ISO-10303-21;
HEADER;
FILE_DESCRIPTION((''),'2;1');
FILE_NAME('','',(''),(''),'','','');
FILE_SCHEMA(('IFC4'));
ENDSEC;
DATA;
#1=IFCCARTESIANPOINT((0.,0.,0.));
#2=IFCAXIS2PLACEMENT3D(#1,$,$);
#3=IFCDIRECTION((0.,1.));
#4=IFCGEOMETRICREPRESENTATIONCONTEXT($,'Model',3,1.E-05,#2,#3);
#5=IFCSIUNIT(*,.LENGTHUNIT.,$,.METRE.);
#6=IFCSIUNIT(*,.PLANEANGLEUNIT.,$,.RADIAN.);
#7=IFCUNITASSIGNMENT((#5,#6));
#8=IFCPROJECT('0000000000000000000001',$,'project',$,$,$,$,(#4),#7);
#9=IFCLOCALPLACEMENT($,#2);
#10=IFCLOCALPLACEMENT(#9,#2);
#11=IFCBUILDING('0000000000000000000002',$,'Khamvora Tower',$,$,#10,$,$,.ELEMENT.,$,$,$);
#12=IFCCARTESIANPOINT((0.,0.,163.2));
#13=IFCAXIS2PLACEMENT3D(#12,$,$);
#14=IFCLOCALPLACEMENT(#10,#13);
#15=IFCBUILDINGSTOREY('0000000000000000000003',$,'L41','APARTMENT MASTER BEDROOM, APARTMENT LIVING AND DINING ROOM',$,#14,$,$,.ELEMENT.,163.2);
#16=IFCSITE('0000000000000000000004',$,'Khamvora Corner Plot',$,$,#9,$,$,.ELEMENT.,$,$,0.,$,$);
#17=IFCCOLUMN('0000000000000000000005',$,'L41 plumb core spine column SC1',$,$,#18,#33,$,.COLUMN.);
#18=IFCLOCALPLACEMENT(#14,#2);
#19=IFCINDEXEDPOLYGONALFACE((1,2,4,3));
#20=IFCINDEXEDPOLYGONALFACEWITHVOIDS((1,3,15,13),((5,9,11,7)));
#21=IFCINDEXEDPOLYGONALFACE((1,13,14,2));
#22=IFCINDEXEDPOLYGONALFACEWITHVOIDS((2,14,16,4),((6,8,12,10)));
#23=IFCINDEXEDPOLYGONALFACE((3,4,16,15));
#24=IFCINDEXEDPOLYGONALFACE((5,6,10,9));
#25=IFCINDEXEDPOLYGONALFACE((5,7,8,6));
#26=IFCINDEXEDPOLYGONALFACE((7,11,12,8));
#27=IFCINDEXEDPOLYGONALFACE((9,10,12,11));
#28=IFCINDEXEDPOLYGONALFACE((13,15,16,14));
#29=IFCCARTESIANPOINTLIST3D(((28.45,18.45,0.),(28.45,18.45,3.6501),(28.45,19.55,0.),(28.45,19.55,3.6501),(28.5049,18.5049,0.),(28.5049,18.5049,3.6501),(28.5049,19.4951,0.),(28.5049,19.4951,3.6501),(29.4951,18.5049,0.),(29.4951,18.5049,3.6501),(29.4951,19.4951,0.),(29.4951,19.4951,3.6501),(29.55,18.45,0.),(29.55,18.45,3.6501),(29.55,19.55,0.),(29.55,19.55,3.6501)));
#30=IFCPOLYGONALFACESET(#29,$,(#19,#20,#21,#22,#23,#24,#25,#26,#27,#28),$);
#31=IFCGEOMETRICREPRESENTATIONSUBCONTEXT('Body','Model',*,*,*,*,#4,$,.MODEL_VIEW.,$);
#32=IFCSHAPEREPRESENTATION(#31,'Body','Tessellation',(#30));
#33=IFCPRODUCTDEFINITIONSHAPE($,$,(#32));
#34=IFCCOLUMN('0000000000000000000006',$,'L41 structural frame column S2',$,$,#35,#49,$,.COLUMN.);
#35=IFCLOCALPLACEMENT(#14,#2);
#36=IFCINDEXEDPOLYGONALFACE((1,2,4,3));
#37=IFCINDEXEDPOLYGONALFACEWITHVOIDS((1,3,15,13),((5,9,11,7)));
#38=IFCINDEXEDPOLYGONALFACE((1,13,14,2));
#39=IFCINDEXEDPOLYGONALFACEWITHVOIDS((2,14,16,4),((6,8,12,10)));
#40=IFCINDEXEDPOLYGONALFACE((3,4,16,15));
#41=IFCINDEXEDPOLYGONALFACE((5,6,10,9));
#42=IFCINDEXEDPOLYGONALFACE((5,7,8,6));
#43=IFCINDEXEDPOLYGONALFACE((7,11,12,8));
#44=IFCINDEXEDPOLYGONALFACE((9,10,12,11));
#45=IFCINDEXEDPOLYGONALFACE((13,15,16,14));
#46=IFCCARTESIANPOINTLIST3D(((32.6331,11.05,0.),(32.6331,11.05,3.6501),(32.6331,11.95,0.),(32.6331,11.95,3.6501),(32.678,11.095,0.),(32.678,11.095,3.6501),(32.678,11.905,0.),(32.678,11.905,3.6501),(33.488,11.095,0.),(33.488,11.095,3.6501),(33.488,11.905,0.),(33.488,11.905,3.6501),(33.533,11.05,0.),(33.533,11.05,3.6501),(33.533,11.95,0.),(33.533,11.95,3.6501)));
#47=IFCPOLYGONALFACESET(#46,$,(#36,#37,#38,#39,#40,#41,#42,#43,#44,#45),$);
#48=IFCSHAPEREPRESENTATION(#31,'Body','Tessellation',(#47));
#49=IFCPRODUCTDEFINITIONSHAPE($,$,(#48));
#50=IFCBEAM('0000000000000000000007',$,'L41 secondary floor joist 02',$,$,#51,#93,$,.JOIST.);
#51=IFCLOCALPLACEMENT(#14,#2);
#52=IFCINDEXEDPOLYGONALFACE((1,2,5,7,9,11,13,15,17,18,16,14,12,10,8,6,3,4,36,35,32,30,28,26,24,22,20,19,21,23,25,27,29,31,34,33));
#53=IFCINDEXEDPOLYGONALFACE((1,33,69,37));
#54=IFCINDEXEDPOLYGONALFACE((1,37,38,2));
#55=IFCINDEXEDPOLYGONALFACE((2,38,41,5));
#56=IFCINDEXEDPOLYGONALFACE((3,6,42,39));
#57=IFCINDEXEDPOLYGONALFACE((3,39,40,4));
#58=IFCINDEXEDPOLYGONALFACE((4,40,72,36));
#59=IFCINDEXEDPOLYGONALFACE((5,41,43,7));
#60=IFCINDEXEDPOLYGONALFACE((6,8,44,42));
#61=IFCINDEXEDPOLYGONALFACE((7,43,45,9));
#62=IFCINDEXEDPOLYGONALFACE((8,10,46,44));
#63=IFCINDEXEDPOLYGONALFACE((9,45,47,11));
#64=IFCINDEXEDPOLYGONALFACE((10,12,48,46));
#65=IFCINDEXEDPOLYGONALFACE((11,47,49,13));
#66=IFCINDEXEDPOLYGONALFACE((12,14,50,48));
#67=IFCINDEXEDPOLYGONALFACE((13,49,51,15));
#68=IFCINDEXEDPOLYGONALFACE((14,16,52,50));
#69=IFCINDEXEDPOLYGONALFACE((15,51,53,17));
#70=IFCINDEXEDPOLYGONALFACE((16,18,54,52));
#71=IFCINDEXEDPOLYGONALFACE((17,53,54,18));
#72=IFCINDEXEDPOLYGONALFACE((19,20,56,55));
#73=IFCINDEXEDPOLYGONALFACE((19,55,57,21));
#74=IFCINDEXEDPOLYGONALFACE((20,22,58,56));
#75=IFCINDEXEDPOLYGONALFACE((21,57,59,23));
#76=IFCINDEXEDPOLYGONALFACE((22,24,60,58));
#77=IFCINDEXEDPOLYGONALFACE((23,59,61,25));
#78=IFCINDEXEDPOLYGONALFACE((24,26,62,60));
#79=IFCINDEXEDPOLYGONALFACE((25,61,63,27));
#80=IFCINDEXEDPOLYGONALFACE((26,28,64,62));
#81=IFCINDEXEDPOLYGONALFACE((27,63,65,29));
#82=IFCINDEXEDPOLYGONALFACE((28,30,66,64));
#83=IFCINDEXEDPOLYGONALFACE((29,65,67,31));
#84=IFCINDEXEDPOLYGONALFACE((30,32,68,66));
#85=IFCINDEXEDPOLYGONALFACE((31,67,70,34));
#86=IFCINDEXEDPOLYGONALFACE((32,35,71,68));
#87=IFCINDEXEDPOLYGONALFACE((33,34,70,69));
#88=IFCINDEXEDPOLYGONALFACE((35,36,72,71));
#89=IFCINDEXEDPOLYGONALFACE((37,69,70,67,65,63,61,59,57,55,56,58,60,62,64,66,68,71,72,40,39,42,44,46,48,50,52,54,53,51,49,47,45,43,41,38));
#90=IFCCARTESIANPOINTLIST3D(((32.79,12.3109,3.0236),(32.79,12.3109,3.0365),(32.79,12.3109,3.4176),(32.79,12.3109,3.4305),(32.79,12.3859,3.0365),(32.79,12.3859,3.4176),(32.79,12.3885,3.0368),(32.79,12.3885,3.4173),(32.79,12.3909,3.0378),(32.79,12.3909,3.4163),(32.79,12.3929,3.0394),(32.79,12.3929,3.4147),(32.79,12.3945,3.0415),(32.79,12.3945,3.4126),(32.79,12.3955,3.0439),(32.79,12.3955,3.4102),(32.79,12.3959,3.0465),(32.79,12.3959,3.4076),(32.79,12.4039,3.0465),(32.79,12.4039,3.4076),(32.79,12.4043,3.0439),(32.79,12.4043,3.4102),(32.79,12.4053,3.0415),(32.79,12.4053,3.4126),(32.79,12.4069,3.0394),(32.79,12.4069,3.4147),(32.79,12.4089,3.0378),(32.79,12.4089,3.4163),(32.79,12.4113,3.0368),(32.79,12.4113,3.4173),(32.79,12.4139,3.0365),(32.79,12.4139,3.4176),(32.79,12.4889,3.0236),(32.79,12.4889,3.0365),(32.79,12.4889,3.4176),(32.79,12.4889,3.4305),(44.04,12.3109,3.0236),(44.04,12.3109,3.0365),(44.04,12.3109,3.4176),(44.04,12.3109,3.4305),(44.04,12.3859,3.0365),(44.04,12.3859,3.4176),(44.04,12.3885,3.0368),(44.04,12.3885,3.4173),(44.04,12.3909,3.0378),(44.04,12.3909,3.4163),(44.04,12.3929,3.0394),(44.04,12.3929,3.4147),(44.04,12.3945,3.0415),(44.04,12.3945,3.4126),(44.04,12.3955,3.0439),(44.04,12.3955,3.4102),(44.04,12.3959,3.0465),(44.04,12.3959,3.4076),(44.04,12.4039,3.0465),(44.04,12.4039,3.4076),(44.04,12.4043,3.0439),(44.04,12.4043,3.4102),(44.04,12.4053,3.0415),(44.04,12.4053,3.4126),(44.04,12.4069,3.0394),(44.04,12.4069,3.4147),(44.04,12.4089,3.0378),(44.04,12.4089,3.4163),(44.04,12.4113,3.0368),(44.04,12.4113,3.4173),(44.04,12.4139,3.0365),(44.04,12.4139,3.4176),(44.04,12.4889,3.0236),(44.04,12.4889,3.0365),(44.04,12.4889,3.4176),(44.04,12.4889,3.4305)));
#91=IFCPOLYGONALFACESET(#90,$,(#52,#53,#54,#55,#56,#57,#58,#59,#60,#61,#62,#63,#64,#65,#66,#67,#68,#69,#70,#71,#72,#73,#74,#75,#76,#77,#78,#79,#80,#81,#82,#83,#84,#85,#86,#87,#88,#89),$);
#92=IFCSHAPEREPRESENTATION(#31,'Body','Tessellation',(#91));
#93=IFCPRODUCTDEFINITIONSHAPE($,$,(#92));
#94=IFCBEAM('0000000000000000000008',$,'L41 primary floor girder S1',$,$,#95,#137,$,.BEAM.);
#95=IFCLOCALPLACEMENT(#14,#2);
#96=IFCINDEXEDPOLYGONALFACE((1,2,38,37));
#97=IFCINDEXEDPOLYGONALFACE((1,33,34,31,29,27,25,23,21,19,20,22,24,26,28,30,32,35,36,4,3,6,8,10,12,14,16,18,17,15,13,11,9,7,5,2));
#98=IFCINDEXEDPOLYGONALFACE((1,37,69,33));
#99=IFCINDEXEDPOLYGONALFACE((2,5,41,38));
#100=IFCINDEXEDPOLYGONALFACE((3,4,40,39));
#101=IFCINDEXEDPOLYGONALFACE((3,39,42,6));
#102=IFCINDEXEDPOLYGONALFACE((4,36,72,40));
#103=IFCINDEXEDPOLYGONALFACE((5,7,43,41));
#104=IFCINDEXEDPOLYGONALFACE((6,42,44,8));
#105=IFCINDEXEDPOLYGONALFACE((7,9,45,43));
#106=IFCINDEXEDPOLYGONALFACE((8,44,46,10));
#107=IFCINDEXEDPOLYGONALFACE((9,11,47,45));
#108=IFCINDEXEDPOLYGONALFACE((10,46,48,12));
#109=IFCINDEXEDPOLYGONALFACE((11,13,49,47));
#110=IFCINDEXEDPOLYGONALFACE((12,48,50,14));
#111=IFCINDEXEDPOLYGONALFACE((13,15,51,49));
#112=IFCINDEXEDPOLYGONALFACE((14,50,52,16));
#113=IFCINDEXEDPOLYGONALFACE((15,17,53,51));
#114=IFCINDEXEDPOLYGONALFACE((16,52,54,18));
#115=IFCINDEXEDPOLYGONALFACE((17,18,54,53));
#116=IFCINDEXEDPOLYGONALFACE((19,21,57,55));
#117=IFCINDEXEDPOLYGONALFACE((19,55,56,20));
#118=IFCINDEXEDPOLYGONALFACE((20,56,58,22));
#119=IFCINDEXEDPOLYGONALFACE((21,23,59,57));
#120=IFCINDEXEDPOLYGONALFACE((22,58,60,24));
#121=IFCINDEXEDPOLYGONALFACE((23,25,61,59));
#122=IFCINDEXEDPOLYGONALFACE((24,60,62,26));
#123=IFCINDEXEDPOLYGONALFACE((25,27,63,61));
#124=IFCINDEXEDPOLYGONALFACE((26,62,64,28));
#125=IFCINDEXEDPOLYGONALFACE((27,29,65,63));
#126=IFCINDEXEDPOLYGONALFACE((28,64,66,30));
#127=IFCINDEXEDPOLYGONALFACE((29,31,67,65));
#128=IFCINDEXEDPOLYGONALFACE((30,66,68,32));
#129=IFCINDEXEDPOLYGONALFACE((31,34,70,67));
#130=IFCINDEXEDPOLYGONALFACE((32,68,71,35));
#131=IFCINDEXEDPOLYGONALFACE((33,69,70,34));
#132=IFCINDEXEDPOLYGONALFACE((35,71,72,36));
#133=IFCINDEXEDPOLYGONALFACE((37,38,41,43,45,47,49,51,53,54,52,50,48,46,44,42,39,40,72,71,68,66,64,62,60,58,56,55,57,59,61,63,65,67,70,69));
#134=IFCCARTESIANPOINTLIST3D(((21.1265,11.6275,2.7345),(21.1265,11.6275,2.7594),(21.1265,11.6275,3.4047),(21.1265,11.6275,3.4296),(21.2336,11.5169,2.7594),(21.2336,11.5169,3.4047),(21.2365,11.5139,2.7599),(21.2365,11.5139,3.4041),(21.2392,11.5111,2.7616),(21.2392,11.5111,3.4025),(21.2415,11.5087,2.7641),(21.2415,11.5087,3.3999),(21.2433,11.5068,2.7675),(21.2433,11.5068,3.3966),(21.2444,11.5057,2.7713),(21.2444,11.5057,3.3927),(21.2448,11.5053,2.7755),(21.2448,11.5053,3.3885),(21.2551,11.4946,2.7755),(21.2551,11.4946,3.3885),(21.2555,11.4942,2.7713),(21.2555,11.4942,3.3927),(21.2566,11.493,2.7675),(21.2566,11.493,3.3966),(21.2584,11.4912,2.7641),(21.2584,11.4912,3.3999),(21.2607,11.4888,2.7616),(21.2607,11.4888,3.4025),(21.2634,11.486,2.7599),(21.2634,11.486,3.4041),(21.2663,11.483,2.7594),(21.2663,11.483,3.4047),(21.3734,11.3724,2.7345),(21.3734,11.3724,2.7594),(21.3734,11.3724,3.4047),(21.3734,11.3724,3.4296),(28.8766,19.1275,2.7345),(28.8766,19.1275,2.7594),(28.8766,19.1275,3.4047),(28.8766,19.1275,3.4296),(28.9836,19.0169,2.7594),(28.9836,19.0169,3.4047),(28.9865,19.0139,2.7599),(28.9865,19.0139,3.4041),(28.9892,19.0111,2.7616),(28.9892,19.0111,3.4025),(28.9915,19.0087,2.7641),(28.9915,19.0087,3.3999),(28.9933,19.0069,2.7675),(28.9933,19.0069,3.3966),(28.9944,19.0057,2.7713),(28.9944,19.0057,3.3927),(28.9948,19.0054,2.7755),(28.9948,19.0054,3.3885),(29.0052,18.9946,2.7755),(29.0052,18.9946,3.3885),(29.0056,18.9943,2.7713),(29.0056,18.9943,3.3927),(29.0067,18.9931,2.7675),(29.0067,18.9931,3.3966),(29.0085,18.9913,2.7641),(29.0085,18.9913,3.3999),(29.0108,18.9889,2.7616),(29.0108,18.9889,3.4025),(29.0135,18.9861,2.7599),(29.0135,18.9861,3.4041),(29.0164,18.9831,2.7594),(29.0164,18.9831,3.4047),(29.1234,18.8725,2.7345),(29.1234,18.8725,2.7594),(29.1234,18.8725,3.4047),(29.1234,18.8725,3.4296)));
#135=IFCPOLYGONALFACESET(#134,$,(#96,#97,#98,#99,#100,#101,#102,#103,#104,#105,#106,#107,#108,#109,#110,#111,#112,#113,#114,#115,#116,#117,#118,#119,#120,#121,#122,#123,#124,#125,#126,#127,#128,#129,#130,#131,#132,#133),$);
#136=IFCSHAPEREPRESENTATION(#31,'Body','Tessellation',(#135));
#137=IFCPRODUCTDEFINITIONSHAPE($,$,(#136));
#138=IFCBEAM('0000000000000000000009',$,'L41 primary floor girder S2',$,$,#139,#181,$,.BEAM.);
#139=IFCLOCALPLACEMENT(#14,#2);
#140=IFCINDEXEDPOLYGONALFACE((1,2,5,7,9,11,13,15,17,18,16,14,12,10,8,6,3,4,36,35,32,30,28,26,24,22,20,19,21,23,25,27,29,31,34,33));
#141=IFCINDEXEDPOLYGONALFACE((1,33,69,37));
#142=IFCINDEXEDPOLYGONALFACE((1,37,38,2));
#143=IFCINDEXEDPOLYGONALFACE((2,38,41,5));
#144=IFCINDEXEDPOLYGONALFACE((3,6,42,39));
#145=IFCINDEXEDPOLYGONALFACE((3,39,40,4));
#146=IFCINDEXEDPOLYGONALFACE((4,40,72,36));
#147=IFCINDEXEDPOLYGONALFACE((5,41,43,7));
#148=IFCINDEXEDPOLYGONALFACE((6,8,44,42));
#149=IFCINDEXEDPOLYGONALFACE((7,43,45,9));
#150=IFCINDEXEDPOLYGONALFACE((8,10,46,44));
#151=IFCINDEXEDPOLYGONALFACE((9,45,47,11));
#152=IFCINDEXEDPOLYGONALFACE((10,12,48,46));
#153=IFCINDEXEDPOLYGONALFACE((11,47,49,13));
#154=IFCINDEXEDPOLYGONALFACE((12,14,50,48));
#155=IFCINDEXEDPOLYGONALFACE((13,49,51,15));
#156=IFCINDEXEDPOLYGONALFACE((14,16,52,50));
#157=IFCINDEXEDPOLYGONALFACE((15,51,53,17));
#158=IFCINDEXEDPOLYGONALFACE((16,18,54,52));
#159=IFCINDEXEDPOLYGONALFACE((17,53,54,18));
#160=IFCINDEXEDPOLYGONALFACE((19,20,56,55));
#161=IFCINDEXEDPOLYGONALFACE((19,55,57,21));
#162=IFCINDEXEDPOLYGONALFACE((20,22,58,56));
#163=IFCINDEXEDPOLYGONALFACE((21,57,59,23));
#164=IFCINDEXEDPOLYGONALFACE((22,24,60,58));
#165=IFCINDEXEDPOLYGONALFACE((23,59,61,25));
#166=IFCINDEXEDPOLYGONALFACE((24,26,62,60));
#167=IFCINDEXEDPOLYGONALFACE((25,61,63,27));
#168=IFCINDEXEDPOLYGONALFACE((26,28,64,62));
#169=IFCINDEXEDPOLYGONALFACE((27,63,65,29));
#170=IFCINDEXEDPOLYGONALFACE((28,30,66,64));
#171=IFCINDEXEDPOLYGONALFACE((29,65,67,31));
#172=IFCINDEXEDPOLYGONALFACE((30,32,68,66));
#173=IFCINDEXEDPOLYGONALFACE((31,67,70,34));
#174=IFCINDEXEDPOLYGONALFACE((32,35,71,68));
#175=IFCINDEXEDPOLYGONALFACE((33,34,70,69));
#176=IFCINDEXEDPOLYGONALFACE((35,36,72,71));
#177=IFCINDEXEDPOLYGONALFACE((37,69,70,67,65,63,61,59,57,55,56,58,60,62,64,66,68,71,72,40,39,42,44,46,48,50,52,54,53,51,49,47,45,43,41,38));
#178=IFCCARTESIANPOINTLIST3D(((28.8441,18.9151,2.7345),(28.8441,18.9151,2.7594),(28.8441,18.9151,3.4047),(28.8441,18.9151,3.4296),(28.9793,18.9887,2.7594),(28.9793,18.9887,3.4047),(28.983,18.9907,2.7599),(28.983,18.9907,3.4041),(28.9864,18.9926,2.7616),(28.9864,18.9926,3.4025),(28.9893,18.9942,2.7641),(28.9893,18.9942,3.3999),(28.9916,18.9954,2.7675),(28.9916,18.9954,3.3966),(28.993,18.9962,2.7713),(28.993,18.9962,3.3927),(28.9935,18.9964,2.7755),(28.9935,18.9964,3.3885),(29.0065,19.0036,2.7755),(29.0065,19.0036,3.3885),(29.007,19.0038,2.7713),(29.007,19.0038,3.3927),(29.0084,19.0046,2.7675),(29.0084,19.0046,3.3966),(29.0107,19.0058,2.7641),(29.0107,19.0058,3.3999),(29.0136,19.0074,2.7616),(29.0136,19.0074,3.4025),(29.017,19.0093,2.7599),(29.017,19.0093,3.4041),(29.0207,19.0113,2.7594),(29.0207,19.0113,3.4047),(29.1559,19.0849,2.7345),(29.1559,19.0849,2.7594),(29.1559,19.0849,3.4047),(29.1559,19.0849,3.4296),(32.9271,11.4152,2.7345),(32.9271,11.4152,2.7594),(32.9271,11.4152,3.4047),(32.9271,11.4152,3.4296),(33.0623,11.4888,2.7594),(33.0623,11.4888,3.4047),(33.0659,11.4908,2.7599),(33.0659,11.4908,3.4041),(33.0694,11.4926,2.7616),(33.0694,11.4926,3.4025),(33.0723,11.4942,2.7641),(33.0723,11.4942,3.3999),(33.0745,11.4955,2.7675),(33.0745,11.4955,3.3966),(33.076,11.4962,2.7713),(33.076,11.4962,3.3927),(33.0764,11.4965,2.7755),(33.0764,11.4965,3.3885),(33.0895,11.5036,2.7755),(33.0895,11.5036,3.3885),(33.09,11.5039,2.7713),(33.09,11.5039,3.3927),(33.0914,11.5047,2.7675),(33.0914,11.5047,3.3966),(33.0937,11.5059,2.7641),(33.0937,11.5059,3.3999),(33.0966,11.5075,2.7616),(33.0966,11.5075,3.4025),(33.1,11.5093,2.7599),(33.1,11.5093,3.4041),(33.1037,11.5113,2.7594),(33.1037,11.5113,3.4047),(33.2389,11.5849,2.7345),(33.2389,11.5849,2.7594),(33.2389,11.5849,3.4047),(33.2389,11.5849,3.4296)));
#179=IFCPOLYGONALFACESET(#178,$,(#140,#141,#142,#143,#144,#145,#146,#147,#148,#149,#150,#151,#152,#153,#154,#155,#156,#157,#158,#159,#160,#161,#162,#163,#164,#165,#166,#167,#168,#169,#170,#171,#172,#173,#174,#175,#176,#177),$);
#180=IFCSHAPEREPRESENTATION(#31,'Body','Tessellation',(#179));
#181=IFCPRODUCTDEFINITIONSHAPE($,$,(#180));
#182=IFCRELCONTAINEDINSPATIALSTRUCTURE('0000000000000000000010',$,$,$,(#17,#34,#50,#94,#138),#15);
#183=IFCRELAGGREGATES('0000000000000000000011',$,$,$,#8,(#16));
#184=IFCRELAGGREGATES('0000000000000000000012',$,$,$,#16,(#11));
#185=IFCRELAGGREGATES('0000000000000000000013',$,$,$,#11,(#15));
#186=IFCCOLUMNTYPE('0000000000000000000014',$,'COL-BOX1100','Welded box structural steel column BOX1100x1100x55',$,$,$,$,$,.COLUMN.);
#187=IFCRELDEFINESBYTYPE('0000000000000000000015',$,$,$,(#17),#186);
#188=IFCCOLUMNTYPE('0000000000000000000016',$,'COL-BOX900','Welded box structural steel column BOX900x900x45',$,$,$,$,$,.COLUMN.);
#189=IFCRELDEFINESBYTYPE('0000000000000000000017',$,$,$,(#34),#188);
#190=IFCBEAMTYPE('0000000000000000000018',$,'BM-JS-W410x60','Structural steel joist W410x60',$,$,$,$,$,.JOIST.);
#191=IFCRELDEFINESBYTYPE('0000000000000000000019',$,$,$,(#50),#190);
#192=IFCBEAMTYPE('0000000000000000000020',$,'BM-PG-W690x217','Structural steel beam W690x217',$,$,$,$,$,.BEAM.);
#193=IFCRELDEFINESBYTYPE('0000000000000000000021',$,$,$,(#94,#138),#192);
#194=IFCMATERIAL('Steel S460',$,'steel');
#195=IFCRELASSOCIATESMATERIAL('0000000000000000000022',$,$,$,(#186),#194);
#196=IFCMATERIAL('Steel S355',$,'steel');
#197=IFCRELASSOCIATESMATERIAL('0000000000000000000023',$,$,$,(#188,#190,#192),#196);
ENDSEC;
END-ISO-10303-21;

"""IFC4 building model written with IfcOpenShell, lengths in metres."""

from ifc_helpers import new_model, si_unit, direction, frame, origin, origin_2d, place, context, subcontext, project, spatial, hollow_rectangle, i_section, extrude, material, material_profile, profile_set, type_object, element, save


model = new_model("IFC4")

# Units and contexts
model_context = context("Model", 3, precision=1e-05, world=origin(), true_north=direction((0.0, 1.0)))
body_context = subcontext(model_context, "Body", "Model", "MODEL_VIEW")
ifc_project = project(units=[si_unit("LENGTHUNIT", "METRE"), si_unit("PLANEANGLEUNIT", "RADIAN")], contexts=[model_context])

# Site, building, storey
site_placement = place(None, origin())
site = spatial("IfcSite", under=ifc_project, at=site_placement, Name="Khamvora Corner Plot", CompositionType="ELEMENT", RefElevation=0.0)
building_placement = place(site_placement, origin())
building = spatial("IfcBuilding", under=site, at=building_placement, Name="Khamvora Tower", CompositionType="ELEMENT")
storey_placement = place(building_placement, frame((0.0, 0.0, 163.2)))
storey = spatial("IfcBuildingStorey", under=building, at=storey_placement, Name="L41", Description="APARTMENT MASTER BEDROOM, APARTMENT LIVING AND DINING ROOM", CompositionType="ELEMENT", Elevation=163.2)

# Columns
ifc_material_1 = material(Name="Steel S460", Category="steel")
ifc_material_profile_1 = material_profile(ifc_material_1, hollow_rectangle(XDim=1.1001, YDim=1.1001, WallThickness=0.0549, at=origin_2d()), Name="BOX1100x1100x55")
ifc_profile_set_1 = profile_set([ifc_material_profile_1], Name="Steel S460")
column_type_1 = type_object("IfcColumnType", Name="COL-BOX1100", Description="Welded box structural steel column BOX1100x1100x55", PredefinedType="COLUMN", material=ifc_profile_set_1)
column_1_placement = place(storey_placement, frame((29.0, 19.0, 0.0), z_axis=(0.0, 0.0, 1.0), x_axis=(1.0, 0.0, 0.0)))
element("IfcColumn", 1, at=column_1_placement, inside=storey, type_object=column_type_1, Name="L41 plumb core spine column SC1", PredefinedType="COLUMN", context=body_context, shape_type="SweptSolid", body=[
    extrude(hollow_rectangle(XDim=1.1001, YDim=1.1001, WallThickness=0.0549, at=origin_2d()), origin(), (0.0, 0.0, 1.0), 3.6501),
])
ifc_material_2 = material(Name="Steel S355", Category="steel")
ifc_material_profile_2 = material_profile(ifc_material_2, hollow_rectangle(XDim=0.8999, YDim=0.8999, WallThickness=0.0449, at=origin_2d()), Name="BOX900x900x45")
ifc_profile_set_2 = profile_set([ifc_material_profile_2], Name="Steel S355")
column_type_2 = type_object("IfcColumnType", Name="COL-BOX900", Description="Welded box structural steel column BOX900x900x45", PredefinedType="COLUMN", material=ifc_profile_set_2)
column_2_placement = place(storey_placement, frame((33.083, 11.5, 0.0), z_axis=(0.0, 0.0, 1.0), x_axis=(1.0, 0.0, 0.0)))
element("IfcColumn", 2, at=column_2_placement, inside=storey, type_object=column_type_2, Name="L41 structural frame column S2", PredefinedType="COLUMN", context=body_context, shape_type="SweptSolid", body=[
    extrude(hollow_rectangle(XDim=0.8999, YDim=0.8999, WallThickness=0.0449, at=origin_2d()), origin(), (0.0, 0.0, 1.0), 3.6501),
])

# Beams
ifc_material_profile_3 = material_profile(ifc_material_2, i_section(OverallWidth=0.178, OverallDepth=0.407, WebThickness=0.0081, FlangeThickness=0.0129, FilletRadius=0.01, at=origin_2d()), Name="W410x60")
ifc_profile_set_3 = profile_set([ifc_material_profile_3], Name="Steel S355")
beam_type_1 = type_object("IfcBeamType", Name="BM-JS-W410x60", Description="Structural steel joist W410x60", PredefinedType="JOIST", material=ifc_profile_set_3)
beam_1_placement = place(storey_placement, frame((32.79, 12.3999, 3.2271), z_axis=(1.0, 0.0, 0.0), x_axis=(0.0, 1.0, 0.0)))
element("IfcBeam", 3, at=beam_1_placement, inside=storey, type_object=beam_type_1, Name="L41 secondary floor joist 02", PredefinedType="JOIST", context=body_context, shape_type="SweptSolid", body=[
    extrude(i_section(OverallWidth=0.178, OverallDepth=0.407, WebThickness=0.0081, FlangeThickness=0.0129, FilletRadius=0.01, at=origin_2d()), origin(), (0.0, 0.0, 1.0), 11.25),
])
ifc_material_profile_4 = material_profile(ifc_material_2, i_section(OverallWidth=0.355, OverallDepth=0.6951, WebThickness=0.0149, FlangeThickness=0.0249, FilletRadius=0.0161, at=origin_2d()), Name="W690x217")
ifc_profile_set_4 = profile_set([ifc_material_profile_4], Name="Steel S355")
beam_type_2 = type_object("IfcBeamType", Name="BM-PG-W690x217", Description="Structural steel beam W690x217", PredefinedType="BEAM", material=ifc_profile_set_4)
beam_2_placement = place(storey_placement, frame((29.0, 19.0, 3.082), z_axis=(-0.718602, -0.695421, 0.0), x_axis=(0.695421, -0.718602, 0.0)))
element("IfcBeam", 4, at=beam_2_placement, inside=storey, type_object=beam_type_2, Name="L41 primary floor girder S1", PredefinedType="BEAM", context=body_context, shape_type="SweptSolid", body=[
    extrude(i_section(OverallWidth=0.355, OverallDepth=0.6951, WebThickness=0.0149, FlangeThickness=0.0249, FilletRadius=0.0161, at=origin_2d()), origin(), (0.0, 0.0, 1.0), 10.7849),
])
beam_3_placement = place(storey_placement, frame((29.0, 19.0, 3.082), z_axis=(0.478139, -0.878284, 0.0), x_axis=(0.878284, 0.478139, 0.0)))
element("IfcBeam", 5, at=beam_3_placement, inside=storey, type_object=beam_type_2, Name="L41 primary floor girder S2", PredefinedType="BEAM", context=body_context, shape_type="SweptSolid", body=[
    extrude(i_section(OverallWidth=0.355, OverallDepth=0.6951, WebThickness=0.0149, FlangeThickness=0.0249, FilletRadius=0.0161, at=origin_2d()), origin(), (0.0, 0.0, 1.0), 8.5393),
])

save(model, "model.ifc")
